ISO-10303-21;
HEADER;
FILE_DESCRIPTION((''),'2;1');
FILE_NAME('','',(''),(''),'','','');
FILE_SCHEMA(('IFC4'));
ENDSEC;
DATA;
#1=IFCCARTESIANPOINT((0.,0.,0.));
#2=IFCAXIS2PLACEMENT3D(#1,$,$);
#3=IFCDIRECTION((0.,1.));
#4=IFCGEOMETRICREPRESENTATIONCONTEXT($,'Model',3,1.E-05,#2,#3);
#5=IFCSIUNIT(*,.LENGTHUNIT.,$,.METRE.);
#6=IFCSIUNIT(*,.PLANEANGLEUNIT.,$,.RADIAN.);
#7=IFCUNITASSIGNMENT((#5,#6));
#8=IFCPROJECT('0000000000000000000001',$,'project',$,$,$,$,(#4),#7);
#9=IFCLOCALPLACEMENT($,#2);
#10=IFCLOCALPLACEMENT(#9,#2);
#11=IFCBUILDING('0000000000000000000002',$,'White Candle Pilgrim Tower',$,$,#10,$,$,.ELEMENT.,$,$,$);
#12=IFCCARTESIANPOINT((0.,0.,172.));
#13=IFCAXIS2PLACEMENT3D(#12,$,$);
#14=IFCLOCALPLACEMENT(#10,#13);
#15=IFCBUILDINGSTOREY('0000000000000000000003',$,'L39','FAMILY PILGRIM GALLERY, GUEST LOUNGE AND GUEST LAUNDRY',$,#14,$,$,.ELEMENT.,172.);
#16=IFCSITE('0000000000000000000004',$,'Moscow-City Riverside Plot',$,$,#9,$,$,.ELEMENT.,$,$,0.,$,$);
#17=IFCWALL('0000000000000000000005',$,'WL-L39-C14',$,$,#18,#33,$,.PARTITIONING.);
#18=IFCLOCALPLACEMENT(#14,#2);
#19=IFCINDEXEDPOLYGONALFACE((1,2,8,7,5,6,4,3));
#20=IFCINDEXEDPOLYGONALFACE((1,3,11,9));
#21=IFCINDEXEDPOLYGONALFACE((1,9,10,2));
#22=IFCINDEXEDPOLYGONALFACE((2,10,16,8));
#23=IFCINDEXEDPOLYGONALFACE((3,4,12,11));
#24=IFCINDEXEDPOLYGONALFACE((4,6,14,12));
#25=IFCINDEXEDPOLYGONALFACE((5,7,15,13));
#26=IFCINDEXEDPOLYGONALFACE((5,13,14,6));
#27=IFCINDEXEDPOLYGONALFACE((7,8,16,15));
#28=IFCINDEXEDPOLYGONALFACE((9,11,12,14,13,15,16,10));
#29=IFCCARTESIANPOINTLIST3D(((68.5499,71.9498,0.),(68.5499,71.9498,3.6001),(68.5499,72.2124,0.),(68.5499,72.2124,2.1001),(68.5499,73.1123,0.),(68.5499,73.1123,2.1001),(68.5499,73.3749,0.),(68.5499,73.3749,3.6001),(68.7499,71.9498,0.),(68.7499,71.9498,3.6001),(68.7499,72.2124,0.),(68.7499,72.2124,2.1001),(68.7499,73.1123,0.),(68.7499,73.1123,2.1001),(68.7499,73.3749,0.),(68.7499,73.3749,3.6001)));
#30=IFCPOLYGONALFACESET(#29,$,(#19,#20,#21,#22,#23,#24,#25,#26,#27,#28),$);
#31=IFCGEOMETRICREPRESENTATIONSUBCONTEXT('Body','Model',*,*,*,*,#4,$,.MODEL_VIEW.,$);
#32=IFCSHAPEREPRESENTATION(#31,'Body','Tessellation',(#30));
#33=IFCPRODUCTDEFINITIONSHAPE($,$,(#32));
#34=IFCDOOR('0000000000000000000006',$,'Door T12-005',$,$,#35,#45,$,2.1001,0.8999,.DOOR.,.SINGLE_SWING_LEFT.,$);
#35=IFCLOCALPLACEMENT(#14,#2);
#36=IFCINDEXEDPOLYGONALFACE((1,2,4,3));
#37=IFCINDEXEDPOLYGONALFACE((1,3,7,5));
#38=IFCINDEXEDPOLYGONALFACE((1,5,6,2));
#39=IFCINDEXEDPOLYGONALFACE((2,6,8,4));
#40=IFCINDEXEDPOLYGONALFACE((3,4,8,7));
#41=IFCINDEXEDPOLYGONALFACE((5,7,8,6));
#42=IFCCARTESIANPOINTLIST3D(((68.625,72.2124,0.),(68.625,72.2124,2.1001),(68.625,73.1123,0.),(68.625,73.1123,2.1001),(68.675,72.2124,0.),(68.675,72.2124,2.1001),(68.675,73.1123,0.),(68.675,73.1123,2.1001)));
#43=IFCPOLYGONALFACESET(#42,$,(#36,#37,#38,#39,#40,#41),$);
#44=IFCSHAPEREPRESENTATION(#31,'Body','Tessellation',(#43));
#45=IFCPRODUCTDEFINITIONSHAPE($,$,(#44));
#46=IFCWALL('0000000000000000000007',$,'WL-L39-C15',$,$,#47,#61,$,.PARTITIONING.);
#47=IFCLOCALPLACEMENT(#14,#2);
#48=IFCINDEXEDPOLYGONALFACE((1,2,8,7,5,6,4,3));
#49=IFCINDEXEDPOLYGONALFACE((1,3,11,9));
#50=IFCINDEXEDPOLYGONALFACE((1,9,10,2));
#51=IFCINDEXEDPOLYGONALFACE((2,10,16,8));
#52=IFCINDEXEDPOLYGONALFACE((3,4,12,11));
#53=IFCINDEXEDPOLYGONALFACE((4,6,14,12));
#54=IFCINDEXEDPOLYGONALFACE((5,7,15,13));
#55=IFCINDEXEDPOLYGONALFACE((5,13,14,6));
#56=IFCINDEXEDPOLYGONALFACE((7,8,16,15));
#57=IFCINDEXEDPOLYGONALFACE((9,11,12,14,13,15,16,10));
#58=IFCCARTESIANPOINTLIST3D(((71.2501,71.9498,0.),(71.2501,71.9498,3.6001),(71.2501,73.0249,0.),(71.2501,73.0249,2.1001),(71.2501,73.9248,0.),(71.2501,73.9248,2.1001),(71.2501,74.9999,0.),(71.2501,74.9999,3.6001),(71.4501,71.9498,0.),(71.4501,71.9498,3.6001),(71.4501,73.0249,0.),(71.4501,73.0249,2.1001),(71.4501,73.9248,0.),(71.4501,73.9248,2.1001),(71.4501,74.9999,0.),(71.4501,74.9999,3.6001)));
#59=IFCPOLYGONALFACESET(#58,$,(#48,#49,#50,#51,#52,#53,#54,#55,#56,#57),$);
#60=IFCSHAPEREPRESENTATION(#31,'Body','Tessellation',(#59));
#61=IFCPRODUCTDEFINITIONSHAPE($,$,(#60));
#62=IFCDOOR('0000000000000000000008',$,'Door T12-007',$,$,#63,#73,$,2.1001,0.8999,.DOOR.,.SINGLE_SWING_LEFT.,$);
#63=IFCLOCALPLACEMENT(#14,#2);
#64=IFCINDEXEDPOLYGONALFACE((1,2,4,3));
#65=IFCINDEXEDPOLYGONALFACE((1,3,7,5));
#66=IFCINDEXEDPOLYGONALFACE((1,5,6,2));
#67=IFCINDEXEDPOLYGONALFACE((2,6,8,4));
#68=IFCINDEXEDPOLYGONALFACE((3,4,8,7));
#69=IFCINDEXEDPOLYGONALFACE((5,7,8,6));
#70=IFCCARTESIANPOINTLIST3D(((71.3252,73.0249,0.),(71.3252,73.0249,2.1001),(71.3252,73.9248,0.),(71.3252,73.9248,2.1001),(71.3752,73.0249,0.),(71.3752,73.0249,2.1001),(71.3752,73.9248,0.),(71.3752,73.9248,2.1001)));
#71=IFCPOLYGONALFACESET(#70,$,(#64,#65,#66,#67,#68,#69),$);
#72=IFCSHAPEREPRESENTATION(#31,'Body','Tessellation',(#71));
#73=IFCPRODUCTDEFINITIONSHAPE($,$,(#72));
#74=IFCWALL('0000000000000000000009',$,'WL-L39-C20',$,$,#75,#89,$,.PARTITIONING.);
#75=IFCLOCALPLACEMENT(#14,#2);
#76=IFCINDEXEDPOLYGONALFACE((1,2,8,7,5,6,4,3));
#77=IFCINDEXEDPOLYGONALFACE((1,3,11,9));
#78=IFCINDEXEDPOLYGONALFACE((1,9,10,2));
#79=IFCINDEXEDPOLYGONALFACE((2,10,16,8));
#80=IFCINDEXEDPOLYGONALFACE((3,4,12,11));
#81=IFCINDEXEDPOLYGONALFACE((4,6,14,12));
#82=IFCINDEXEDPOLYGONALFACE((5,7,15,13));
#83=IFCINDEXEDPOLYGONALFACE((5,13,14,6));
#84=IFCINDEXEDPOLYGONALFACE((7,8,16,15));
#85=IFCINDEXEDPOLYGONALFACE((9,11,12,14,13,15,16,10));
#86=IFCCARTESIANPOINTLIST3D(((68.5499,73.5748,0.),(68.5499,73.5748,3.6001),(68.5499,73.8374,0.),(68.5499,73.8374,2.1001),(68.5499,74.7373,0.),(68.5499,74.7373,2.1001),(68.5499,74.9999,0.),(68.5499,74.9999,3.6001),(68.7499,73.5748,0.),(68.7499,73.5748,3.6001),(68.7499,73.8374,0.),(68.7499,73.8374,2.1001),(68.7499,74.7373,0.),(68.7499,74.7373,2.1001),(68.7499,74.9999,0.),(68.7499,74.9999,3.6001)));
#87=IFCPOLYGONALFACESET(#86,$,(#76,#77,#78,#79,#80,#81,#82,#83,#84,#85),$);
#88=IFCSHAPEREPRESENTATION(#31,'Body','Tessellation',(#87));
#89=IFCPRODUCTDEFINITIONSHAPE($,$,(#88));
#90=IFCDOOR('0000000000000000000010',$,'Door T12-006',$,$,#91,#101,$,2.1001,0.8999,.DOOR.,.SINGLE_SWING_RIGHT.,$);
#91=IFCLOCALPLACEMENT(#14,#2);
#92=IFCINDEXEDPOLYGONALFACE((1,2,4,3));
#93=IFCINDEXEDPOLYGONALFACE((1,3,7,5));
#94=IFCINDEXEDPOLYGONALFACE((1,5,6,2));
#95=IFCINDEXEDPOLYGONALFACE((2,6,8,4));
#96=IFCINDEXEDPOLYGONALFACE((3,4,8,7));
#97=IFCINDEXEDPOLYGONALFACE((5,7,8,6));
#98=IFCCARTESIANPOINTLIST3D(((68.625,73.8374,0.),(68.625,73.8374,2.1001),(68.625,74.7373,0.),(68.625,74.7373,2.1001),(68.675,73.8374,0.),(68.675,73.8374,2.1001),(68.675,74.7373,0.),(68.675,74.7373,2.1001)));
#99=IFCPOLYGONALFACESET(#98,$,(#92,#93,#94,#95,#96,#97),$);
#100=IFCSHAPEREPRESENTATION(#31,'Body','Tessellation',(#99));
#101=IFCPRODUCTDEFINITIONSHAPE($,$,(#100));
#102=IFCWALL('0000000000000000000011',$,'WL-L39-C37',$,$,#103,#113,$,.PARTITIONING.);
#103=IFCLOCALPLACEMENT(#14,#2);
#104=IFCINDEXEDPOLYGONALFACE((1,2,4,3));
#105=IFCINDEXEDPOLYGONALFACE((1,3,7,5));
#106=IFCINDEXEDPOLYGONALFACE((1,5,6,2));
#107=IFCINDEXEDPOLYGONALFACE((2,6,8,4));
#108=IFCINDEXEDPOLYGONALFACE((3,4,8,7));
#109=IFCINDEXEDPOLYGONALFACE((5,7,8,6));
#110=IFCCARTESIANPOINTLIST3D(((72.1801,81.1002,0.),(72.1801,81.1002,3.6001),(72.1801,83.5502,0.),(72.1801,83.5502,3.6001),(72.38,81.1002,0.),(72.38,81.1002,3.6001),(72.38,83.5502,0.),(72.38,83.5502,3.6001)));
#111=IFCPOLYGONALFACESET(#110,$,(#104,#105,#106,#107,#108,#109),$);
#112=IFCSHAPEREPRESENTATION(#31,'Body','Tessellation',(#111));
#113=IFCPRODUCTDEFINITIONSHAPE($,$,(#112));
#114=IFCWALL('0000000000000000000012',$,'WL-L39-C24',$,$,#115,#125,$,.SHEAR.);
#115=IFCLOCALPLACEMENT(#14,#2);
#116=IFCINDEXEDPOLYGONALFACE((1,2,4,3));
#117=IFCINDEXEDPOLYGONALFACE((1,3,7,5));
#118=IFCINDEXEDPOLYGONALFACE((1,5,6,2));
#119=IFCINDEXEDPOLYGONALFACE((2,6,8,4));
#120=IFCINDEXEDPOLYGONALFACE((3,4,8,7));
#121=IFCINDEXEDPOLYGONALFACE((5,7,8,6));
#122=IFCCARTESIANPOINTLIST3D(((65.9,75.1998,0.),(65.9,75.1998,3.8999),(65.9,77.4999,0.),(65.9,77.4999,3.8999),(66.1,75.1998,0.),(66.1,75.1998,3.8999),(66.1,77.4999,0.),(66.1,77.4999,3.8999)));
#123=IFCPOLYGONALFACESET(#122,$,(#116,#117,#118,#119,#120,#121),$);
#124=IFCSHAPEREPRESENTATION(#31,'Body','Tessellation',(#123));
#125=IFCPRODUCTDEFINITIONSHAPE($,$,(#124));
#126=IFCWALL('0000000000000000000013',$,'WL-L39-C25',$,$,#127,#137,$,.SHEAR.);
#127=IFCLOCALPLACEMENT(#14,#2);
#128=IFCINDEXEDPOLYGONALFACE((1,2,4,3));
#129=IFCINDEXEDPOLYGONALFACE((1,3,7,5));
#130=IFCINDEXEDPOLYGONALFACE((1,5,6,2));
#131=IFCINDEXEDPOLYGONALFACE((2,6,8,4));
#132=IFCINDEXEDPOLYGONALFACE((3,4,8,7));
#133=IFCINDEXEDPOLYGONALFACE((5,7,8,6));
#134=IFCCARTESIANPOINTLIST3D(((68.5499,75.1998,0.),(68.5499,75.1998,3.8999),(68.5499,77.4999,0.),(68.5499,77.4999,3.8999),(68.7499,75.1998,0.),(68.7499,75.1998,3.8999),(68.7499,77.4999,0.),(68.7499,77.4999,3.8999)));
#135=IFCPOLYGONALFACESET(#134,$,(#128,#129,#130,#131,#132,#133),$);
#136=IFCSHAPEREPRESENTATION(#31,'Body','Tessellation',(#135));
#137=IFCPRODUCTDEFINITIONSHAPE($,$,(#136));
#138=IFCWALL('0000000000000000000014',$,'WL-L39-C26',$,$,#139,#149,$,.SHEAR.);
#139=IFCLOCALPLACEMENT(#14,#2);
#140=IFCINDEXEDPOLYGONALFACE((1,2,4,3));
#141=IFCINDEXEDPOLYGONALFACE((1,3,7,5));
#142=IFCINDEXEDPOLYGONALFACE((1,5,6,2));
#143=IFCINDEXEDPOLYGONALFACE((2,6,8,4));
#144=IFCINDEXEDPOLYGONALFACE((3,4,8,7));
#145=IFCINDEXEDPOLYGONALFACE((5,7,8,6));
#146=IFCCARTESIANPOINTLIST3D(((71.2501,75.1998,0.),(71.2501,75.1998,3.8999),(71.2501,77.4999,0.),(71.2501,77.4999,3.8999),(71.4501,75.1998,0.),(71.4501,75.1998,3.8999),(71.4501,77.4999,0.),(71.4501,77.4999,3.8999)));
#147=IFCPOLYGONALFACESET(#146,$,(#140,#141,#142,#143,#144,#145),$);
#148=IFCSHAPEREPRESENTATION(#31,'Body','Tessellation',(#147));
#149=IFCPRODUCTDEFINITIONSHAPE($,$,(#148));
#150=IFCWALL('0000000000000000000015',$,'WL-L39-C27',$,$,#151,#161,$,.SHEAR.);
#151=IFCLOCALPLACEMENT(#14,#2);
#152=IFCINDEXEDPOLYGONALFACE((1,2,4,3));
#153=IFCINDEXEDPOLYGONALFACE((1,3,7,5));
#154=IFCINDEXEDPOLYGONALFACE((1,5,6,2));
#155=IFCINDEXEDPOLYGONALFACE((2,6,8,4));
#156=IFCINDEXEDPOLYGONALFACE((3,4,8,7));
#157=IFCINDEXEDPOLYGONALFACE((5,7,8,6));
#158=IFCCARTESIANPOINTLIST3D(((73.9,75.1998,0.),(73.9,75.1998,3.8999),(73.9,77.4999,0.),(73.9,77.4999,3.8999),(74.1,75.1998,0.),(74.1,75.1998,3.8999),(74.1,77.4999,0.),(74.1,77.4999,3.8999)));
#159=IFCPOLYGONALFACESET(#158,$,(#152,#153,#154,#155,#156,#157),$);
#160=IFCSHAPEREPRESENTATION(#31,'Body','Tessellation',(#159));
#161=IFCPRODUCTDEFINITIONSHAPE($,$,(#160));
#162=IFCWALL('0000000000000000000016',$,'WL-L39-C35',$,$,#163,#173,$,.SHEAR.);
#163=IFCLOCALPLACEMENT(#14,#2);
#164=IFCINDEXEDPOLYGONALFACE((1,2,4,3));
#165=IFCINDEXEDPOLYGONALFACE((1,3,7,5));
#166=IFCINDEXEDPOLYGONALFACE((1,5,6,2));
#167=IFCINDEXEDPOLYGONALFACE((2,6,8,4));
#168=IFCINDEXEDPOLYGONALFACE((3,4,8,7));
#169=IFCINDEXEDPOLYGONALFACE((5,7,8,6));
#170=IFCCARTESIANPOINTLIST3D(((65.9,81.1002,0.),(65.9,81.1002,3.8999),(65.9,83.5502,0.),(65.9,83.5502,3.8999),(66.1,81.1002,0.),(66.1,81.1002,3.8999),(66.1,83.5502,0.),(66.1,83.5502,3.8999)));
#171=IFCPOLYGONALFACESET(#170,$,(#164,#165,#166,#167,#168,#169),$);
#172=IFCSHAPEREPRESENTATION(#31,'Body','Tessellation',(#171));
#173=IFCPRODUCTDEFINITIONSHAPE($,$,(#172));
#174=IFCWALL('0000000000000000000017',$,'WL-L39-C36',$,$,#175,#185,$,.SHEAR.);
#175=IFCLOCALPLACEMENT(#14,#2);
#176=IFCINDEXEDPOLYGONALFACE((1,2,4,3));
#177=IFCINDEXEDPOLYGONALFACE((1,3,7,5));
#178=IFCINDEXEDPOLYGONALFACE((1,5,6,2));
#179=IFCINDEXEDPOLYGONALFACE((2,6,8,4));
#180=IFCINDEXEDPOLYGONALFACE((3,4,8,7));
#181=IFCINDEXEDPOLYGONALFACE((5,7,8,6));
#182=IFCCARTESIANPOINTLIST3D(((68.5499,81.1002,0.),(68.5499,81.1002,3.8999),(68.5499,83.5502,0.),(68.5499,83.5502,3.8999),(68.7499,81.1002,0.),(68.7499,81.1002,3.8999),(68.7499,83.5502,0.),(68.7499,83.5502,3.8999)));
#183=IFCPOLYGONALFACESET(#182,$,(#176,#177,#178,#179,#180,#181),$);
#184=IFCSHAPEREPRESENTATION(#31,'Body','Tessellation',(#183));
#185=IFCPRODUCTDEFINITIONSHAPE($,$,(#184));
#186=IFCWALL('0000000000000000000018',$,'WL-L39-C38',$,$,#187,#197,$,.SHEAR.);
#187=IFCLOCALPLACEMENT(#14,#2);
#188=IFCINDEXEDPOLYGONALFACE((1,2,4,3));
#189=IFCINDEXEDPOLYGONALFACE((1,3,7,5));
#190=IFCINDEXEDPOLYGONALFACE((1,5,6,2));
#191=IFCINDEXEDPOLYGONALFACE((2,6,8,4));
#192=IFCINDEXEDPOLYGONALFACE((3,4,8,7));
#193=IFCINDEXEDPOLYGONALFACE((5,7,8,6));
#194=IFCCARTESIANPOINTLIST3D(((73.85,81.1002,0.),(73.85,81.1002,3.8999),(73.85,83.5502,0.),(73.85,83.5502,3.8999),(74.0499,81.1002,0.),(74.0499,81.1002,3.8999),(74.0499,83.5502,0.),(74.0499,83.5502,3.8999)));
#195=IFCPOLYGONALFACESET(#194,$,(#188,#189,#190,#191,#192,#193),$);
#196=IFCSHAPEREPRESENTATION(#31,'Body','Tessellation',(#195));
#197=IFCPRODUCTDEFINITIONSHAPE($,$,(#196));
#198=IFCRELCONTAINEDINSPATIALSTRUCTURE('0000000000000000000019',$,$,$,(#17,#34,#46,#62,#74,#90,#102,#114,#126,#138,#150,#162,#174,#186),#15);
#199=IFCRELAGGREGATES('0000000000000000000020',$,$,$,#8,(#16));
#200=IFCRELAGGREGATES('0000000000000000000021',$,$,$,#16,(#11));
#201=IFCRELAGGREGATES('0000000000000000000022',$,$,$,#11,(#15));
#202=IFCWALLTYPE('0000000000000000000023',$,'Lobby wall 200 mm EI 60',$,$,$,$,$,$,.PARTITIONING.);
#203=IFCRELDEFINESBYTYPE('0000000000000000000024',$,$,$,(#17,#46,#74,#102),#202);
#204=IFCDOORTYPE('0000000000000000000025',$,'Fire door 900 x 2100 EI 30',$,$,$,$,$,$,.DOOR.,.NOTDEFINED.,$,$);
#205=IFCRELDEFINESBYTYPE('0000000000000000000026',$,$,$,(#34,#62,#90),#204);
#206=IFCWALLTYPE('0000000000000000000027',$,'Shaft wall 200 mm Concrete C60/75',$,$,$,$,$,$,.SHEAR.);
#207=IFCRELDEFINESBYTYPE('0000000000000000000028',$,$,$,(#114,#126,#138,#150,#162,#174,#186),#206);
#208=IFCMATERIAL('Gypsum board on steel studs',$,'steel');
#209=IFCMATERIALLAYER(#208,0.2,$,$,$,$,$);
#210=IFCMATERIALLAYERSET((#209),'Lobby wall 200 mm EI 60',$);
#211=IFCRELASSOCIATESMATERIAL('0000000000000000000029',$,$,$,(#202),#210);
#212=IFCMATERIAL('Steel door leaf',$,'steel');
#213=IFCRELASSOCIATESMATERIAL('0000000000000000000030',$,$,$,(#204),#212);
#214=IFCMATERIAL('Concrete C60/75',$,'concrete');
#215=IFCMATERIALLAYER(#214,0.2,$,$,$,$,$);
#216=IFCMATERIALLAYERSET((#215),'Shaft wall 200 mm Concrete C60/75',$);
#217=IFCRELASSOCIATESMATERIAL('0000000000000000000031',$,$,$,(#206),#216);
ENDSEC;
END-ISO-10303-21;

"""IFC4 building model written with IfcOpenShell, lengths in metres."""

from ifc_helpers import new_model, si_unit, direction, frame, frame_2d, origin, place, context, subcontext, project, spatial, rectangle, extrude, material, layer, layer_set, type_object, element, fill, save


model = new_model("IFC4")

# Units and contexts
model_context = context("Model", 3, precision=1e-05, world=origin(), true_north=direction((0.0, 1.0)))
body_context = subcontext(model_context, "Body", "Model", "MODEL_VIEW")
ifc_project = project(units=[si_unit("LENGTHUNIT", "METRE"), si_unit("PLANEANGLEUNIT", "RADIAN")], contexts=[model_context])

# Site, building, storey
site_placement = place(None, origin())
site = spatial("IfcSite", under=ifc_project, at=site_placement, Name="Moscow-City Riverside Plot", CompositionType="ELEMENT", RefElevation=0.0)
building_placement = place(site_placement, origin())
building = spatial("IfcBuilding", under=site, at=building_placement, Name="White Candle Pilgrim Tower", CompositionType="ELEMENT")
storey_placement = place(building_placement, frame((0.0, 0.0, 172.0)))
storey = spatial("IfcBuildingStorey", under=building, at=storey_placement, Name="L39", Description="FAMILY PILGRIM GALLERY, GUEST LOUNGE AND GUEST LAUNDRY", CompositionType="ELEMENT", Elevation=172.0)

# Walls, openings, doors
ifc_material_1 = material(Name="Gypsum board on steel studs", Category="steel")
ifc_layer_1 = layer(ifc_material_1, 0.2)
ifc_layer_set_1 = layer_set([ifc_layer_1], Name="Lobby wall 200 mm EI 60")
wall_type_1 = type_object("IfcWallType", Name="Lobby wall 200 mm EI 60", PredefinedType="PARTITIONING", material=ifc_layer_set_1)
wall_1_placement = place(storey_placement, frame((68.6499, 71.95, 0.0), z_axis=(0.0, 0.0, 1.0), x_axis=(0.0, 1.0, 0.0)))
wall_1 = element("IfcWall", 1, at=wall_1_placement, inside=storey, type_object=wall_type_1, Name="WL-L39-C14", PredefinedType="PARTITIONING", context=body_context, shape_type="SweptSolid", body=[
    extrude(rectangle(XDim=1.425, YDim=0.2, at=frame_2d((0.7124, 0.0))), origin(), (0.0, 0.0, 1.0), 3.6001),
])
opening_1_placement = place(wall_1_placement, frame((0.2625, 0.0, 0.0)))
opening_1 = element("IfcOpeningElement", 2, at=opening_1_placement, cuts=wall_1, PredefinedType="OPENING", context=body_context, shape_type="SweptSolid", body=[
    extrude(rectangle(XDim=0.8999, YDim=2.1001, at=frame_2d((0.45, 1.05))), frame((0.0, 0.1099, 0.0), z_axis=(0.0, -1.0, 0.0), x_axis=(1.0, 0.0, 0.0)), (0.0, 0.0, 1.0), 0.22),
])
ifc_material_2 = material(Name="Steel door leaf", Category="steel")
door_type_1 = type_object("IfcDoorType", Name="Fire door 900 x 2100 EI 30", OperationType="NOTDEFINED", PredefinedType="DOOR", material=ifc_material_2)
door_1_placement = place(opening_1_placement, origin())
door_1 = element("IfcDoor", 3, at=door_1_placement, inside=storey, type_object=door_type_1, Name="Door T12-005", OperationType="SINGLE_SWING_LEFT", OverallHeight=2.1001, OverallWidth=0.8999, PredefinedType="DOOR", context=body_context, shape_type="SweptSolid", body=[
    extrude(rectangle(XDim=0.8999, YDim=2.1001, at=frame_2d((0.45, 1.05))), frame((0.0, 0.0249, 0.0), z_axis=(0.0, -1.0, 0.0), x_axis=(1.0, 0.0, 0.0)), (0.0, 0.0, 1.0), 0.05),
])
fill(opening_1, door_1)
wall_2_placement = place(storey_placement, frame((71.3501, 71.95, 0.0), z_axis=(0.0, 0.0, 1.0), x_axis=(0.0, 1.0, 0.0)))
wall_2 = element("IfcWall", 4, at=wall_2_placement, inside=storey, type_object=wall_type_1, Name="WL-L39-C15", PredefinedType="PARTITIONING", context=body_context, shape_type="SweptSolid", body=[
    extrude(rectangle(XDim=3.05, YDim=0.2, at=frame_2d((1.5249, 0.0))), origin(), (0.0, 0.0, 1.0), 3.6001),
])
opening_2_placement = place(wall_2_placement, frame((1.075, 0.0, 0.0)))
opening_2 = element("IfcOpeningElement", 5, at=opening_2_placement, cuts=wall_2, PredefinedType="OPENING", context=body_context, shape_type="SweptSolid", body=[
    extrude(rectangle(XDim=0.8999, YDim=2.1001, at=frame_2d((0.45, 1.05))), frame((0.0, 0.1099, 0.0), z_axis=(0.0, -1.0, 0.0), x_axis=(1.0, 0.0, 0.0)), (0.0, 0.0, 1.0), 0.22),
])
door_2_placement = place(opening_2_placement, origin())
door_2 = element("IfcDoor", 6, at=door_2_placement, inside=storey, type_object=door_type_1, Name="Door T12-007", OperationType="SINGLE_SWING_LEFT", OverallHeight=2.1001, OverallWidth=0.8999, PredefinedType="DOOR", context=body_context, shape_type="SweptSolid", body=[
    extrude(rectangle(XDim=0.8999, YDim=2.1001, at=frame_2d((0.45, 1.05))), frame((0.0, 0.0249, 0.0), z_axis=(0.0, -1.0, 0.0), x_axis=(1.0, 0.0, 0.0)), (0.0, 0.0, 1.0), 0.05),
])
fill(opening_2, door_2)
wall_3_placement = place(storey_placement, frame((68.6499, 73.575, 0.0), z_axis=(0.0, 0.0, 1.0), x_axis=(0.0, 1.0, 0.0)))
wall_3 = element("IfcWall", 7, at=wall_3_placement, inside=storey, type_object=wall_type_1, Name="WL-L39-C20", PredefinedType="PARTITIONING", context=body_context, shape_type="SweptSolid", body=[
    extrude(rectangle(XDim=1.425, YDim=0.2, at=frame_2d((0.7124, 0.0))), origin(), (0.0, 0.0, 1.0), 3.6001),
])
opening_3_placement = place(wall_3_placement, frame((0.2625, 0.0, 0.0)))
opening_3 = element("IfcOpeningElement", 8, at=opening_3_placement, cuts=wall_3, PredefinedType="OPENING", context=body_context, shape_type="SweptSolid", body=[
    extrude(rectangle(XDim=0.8999, YDim=2.1001, at=frame_2d((0.45, 1.05))), frame((0.0, 0.1099, 0.0), z_axis=(0.0, -1.0, 0.0), x_axis=(1.0, 0.0, 0.0)), (0.0, 0.0, 1.0), 0.22),
])
door_3_placement = place(opening_3_placement, origin())
door_3 = element("IfcDoor", 9, at=door_3_placement, inside=storey, type_object=door_type_1, Name="Door T12-006", OperationType="SINGLE_SWING_RIGHT", OverallHeight=2.1001, OverallWidth=0.8999, PredefinedType="DOOR", context=body_context, shape_type="SweptSolid", body=[
    extrude(rectangle(XDim=0.8999, YDim=2.1001, at=frame_2d((0.45, 1.05))), frame((0.0, 0.0249, 0.0), z_axis=(0.0, -1.0, 0.0), x_axis=(1.0, 0.0, 0.0)), (0.0, 0.0, 1.0), 0.05),
])
fill(opening_3, door_3)

# Walls
wall_4_placement = place(storey_placement, frame((72.28, 81.1001, 0.0), z_axis=(0.0, 0.0, 1.0), x_axis=(0.0, 1.0, 0.0)))
element("IfcWall", 10, at=wall_4_placement, inside=storey, type_object=wall_type_1, Name="WL-L39-C37", PredefinedType="PARTITIONING", context=body_context, shape_type="SweptSolid", body=[
    extrude(rectangle(XDim=2.45, YDim=0.2, at=frame_2d((1.2251, 0.0))), origin(), (0.0, 0.0, 1.0), 3.6001),
])
ifc_material_3 = material(Name="Concrete C60/75", Category="concrete")
ifc_layer_2 = layer(ifc_material_3, 0.2)
ifc_layer_set_2 = layer_set([ifc_layer_2], Name="Shaft wall 200 mm Concrete C60/75")
wall_type_2 = type_object("IfcWallType", Name="Shaft wall 200 mm Concrete C60/75", PredefinedType="SHEAR", material=ifc_layer_set_2)
for number, where, z_axis, x_axis, name in (
    (11, (66.0, 75.2, 0.0), (0.0, 0.0, 1.0), (0.0, 1.0, 0.0), "WL-L39-C24"),
    (12, (68.6499, 75.2, 0.0), (0.0, 0.0, 1.0), (0.0, 1.0, 0.0), "WL-L39-C25"),
    (13, (71.3501, 75.2, 0.0), (0.0, 0.0, 1.0), (0.0, 1.0, 0.0), "WL-L39-C26"),
    (14, (74.0, 75.2, 0.0), (0.0, 0.0, 1.0), (0.0, 1.0, 0.0), "WL-L39-C27"),
):
    element("IfcWall", number, at=place(storey_placement, frame(where, z_axis=z_axis, x_axis=x_axis)), inside=storey, type_object=wall_type_2, Name=name, PredefinedType="SHEAR", context=body_context, shape_type="SweptSolid", body=[
        extrude(rectangle(XDim=2.3, YDim=0.2, at=frame_2d((1.1499, 0.0))), origin(), (0.0, 0.0, 1.0), 3.8999),
    ])
for number, where, z_axis, x_axis, name in (
    (15, (66.0, 81.1001, 0.0), (0.0, 0.0, 1.0), (0.0, 1.0, 0.0), "WL-L39-C35"),
    (16, (68.6499, 81.1001, 0.0), (0.0, 0.0, 1.0), (0.0, 1.0, 0.0), "WL-L39-C36"),
    (17, (73.95, 81.1001, 0.0), (0.0, 0.0, 1.0), (0.0, 1.0, 0.0), "WL-L39-C38"),
):
    element("IfcWall", number, at=place(storey_placement, frame(where, z_axis=z_axis, x_axis=x_axis)), inside=storey, type_object=wall_type_2, Name=name, PredefinedType="SHEAR", context=body_context, shape_type="SweptSolid", body=[
        extrude(rectangle(XDim=2.45, YDim=0.2, at=frame_2d((1.2251, 0.0))), origin(), (0.0, 0.0, 1.0), 3.8999),
    ])

save(model, "model.ifc")
